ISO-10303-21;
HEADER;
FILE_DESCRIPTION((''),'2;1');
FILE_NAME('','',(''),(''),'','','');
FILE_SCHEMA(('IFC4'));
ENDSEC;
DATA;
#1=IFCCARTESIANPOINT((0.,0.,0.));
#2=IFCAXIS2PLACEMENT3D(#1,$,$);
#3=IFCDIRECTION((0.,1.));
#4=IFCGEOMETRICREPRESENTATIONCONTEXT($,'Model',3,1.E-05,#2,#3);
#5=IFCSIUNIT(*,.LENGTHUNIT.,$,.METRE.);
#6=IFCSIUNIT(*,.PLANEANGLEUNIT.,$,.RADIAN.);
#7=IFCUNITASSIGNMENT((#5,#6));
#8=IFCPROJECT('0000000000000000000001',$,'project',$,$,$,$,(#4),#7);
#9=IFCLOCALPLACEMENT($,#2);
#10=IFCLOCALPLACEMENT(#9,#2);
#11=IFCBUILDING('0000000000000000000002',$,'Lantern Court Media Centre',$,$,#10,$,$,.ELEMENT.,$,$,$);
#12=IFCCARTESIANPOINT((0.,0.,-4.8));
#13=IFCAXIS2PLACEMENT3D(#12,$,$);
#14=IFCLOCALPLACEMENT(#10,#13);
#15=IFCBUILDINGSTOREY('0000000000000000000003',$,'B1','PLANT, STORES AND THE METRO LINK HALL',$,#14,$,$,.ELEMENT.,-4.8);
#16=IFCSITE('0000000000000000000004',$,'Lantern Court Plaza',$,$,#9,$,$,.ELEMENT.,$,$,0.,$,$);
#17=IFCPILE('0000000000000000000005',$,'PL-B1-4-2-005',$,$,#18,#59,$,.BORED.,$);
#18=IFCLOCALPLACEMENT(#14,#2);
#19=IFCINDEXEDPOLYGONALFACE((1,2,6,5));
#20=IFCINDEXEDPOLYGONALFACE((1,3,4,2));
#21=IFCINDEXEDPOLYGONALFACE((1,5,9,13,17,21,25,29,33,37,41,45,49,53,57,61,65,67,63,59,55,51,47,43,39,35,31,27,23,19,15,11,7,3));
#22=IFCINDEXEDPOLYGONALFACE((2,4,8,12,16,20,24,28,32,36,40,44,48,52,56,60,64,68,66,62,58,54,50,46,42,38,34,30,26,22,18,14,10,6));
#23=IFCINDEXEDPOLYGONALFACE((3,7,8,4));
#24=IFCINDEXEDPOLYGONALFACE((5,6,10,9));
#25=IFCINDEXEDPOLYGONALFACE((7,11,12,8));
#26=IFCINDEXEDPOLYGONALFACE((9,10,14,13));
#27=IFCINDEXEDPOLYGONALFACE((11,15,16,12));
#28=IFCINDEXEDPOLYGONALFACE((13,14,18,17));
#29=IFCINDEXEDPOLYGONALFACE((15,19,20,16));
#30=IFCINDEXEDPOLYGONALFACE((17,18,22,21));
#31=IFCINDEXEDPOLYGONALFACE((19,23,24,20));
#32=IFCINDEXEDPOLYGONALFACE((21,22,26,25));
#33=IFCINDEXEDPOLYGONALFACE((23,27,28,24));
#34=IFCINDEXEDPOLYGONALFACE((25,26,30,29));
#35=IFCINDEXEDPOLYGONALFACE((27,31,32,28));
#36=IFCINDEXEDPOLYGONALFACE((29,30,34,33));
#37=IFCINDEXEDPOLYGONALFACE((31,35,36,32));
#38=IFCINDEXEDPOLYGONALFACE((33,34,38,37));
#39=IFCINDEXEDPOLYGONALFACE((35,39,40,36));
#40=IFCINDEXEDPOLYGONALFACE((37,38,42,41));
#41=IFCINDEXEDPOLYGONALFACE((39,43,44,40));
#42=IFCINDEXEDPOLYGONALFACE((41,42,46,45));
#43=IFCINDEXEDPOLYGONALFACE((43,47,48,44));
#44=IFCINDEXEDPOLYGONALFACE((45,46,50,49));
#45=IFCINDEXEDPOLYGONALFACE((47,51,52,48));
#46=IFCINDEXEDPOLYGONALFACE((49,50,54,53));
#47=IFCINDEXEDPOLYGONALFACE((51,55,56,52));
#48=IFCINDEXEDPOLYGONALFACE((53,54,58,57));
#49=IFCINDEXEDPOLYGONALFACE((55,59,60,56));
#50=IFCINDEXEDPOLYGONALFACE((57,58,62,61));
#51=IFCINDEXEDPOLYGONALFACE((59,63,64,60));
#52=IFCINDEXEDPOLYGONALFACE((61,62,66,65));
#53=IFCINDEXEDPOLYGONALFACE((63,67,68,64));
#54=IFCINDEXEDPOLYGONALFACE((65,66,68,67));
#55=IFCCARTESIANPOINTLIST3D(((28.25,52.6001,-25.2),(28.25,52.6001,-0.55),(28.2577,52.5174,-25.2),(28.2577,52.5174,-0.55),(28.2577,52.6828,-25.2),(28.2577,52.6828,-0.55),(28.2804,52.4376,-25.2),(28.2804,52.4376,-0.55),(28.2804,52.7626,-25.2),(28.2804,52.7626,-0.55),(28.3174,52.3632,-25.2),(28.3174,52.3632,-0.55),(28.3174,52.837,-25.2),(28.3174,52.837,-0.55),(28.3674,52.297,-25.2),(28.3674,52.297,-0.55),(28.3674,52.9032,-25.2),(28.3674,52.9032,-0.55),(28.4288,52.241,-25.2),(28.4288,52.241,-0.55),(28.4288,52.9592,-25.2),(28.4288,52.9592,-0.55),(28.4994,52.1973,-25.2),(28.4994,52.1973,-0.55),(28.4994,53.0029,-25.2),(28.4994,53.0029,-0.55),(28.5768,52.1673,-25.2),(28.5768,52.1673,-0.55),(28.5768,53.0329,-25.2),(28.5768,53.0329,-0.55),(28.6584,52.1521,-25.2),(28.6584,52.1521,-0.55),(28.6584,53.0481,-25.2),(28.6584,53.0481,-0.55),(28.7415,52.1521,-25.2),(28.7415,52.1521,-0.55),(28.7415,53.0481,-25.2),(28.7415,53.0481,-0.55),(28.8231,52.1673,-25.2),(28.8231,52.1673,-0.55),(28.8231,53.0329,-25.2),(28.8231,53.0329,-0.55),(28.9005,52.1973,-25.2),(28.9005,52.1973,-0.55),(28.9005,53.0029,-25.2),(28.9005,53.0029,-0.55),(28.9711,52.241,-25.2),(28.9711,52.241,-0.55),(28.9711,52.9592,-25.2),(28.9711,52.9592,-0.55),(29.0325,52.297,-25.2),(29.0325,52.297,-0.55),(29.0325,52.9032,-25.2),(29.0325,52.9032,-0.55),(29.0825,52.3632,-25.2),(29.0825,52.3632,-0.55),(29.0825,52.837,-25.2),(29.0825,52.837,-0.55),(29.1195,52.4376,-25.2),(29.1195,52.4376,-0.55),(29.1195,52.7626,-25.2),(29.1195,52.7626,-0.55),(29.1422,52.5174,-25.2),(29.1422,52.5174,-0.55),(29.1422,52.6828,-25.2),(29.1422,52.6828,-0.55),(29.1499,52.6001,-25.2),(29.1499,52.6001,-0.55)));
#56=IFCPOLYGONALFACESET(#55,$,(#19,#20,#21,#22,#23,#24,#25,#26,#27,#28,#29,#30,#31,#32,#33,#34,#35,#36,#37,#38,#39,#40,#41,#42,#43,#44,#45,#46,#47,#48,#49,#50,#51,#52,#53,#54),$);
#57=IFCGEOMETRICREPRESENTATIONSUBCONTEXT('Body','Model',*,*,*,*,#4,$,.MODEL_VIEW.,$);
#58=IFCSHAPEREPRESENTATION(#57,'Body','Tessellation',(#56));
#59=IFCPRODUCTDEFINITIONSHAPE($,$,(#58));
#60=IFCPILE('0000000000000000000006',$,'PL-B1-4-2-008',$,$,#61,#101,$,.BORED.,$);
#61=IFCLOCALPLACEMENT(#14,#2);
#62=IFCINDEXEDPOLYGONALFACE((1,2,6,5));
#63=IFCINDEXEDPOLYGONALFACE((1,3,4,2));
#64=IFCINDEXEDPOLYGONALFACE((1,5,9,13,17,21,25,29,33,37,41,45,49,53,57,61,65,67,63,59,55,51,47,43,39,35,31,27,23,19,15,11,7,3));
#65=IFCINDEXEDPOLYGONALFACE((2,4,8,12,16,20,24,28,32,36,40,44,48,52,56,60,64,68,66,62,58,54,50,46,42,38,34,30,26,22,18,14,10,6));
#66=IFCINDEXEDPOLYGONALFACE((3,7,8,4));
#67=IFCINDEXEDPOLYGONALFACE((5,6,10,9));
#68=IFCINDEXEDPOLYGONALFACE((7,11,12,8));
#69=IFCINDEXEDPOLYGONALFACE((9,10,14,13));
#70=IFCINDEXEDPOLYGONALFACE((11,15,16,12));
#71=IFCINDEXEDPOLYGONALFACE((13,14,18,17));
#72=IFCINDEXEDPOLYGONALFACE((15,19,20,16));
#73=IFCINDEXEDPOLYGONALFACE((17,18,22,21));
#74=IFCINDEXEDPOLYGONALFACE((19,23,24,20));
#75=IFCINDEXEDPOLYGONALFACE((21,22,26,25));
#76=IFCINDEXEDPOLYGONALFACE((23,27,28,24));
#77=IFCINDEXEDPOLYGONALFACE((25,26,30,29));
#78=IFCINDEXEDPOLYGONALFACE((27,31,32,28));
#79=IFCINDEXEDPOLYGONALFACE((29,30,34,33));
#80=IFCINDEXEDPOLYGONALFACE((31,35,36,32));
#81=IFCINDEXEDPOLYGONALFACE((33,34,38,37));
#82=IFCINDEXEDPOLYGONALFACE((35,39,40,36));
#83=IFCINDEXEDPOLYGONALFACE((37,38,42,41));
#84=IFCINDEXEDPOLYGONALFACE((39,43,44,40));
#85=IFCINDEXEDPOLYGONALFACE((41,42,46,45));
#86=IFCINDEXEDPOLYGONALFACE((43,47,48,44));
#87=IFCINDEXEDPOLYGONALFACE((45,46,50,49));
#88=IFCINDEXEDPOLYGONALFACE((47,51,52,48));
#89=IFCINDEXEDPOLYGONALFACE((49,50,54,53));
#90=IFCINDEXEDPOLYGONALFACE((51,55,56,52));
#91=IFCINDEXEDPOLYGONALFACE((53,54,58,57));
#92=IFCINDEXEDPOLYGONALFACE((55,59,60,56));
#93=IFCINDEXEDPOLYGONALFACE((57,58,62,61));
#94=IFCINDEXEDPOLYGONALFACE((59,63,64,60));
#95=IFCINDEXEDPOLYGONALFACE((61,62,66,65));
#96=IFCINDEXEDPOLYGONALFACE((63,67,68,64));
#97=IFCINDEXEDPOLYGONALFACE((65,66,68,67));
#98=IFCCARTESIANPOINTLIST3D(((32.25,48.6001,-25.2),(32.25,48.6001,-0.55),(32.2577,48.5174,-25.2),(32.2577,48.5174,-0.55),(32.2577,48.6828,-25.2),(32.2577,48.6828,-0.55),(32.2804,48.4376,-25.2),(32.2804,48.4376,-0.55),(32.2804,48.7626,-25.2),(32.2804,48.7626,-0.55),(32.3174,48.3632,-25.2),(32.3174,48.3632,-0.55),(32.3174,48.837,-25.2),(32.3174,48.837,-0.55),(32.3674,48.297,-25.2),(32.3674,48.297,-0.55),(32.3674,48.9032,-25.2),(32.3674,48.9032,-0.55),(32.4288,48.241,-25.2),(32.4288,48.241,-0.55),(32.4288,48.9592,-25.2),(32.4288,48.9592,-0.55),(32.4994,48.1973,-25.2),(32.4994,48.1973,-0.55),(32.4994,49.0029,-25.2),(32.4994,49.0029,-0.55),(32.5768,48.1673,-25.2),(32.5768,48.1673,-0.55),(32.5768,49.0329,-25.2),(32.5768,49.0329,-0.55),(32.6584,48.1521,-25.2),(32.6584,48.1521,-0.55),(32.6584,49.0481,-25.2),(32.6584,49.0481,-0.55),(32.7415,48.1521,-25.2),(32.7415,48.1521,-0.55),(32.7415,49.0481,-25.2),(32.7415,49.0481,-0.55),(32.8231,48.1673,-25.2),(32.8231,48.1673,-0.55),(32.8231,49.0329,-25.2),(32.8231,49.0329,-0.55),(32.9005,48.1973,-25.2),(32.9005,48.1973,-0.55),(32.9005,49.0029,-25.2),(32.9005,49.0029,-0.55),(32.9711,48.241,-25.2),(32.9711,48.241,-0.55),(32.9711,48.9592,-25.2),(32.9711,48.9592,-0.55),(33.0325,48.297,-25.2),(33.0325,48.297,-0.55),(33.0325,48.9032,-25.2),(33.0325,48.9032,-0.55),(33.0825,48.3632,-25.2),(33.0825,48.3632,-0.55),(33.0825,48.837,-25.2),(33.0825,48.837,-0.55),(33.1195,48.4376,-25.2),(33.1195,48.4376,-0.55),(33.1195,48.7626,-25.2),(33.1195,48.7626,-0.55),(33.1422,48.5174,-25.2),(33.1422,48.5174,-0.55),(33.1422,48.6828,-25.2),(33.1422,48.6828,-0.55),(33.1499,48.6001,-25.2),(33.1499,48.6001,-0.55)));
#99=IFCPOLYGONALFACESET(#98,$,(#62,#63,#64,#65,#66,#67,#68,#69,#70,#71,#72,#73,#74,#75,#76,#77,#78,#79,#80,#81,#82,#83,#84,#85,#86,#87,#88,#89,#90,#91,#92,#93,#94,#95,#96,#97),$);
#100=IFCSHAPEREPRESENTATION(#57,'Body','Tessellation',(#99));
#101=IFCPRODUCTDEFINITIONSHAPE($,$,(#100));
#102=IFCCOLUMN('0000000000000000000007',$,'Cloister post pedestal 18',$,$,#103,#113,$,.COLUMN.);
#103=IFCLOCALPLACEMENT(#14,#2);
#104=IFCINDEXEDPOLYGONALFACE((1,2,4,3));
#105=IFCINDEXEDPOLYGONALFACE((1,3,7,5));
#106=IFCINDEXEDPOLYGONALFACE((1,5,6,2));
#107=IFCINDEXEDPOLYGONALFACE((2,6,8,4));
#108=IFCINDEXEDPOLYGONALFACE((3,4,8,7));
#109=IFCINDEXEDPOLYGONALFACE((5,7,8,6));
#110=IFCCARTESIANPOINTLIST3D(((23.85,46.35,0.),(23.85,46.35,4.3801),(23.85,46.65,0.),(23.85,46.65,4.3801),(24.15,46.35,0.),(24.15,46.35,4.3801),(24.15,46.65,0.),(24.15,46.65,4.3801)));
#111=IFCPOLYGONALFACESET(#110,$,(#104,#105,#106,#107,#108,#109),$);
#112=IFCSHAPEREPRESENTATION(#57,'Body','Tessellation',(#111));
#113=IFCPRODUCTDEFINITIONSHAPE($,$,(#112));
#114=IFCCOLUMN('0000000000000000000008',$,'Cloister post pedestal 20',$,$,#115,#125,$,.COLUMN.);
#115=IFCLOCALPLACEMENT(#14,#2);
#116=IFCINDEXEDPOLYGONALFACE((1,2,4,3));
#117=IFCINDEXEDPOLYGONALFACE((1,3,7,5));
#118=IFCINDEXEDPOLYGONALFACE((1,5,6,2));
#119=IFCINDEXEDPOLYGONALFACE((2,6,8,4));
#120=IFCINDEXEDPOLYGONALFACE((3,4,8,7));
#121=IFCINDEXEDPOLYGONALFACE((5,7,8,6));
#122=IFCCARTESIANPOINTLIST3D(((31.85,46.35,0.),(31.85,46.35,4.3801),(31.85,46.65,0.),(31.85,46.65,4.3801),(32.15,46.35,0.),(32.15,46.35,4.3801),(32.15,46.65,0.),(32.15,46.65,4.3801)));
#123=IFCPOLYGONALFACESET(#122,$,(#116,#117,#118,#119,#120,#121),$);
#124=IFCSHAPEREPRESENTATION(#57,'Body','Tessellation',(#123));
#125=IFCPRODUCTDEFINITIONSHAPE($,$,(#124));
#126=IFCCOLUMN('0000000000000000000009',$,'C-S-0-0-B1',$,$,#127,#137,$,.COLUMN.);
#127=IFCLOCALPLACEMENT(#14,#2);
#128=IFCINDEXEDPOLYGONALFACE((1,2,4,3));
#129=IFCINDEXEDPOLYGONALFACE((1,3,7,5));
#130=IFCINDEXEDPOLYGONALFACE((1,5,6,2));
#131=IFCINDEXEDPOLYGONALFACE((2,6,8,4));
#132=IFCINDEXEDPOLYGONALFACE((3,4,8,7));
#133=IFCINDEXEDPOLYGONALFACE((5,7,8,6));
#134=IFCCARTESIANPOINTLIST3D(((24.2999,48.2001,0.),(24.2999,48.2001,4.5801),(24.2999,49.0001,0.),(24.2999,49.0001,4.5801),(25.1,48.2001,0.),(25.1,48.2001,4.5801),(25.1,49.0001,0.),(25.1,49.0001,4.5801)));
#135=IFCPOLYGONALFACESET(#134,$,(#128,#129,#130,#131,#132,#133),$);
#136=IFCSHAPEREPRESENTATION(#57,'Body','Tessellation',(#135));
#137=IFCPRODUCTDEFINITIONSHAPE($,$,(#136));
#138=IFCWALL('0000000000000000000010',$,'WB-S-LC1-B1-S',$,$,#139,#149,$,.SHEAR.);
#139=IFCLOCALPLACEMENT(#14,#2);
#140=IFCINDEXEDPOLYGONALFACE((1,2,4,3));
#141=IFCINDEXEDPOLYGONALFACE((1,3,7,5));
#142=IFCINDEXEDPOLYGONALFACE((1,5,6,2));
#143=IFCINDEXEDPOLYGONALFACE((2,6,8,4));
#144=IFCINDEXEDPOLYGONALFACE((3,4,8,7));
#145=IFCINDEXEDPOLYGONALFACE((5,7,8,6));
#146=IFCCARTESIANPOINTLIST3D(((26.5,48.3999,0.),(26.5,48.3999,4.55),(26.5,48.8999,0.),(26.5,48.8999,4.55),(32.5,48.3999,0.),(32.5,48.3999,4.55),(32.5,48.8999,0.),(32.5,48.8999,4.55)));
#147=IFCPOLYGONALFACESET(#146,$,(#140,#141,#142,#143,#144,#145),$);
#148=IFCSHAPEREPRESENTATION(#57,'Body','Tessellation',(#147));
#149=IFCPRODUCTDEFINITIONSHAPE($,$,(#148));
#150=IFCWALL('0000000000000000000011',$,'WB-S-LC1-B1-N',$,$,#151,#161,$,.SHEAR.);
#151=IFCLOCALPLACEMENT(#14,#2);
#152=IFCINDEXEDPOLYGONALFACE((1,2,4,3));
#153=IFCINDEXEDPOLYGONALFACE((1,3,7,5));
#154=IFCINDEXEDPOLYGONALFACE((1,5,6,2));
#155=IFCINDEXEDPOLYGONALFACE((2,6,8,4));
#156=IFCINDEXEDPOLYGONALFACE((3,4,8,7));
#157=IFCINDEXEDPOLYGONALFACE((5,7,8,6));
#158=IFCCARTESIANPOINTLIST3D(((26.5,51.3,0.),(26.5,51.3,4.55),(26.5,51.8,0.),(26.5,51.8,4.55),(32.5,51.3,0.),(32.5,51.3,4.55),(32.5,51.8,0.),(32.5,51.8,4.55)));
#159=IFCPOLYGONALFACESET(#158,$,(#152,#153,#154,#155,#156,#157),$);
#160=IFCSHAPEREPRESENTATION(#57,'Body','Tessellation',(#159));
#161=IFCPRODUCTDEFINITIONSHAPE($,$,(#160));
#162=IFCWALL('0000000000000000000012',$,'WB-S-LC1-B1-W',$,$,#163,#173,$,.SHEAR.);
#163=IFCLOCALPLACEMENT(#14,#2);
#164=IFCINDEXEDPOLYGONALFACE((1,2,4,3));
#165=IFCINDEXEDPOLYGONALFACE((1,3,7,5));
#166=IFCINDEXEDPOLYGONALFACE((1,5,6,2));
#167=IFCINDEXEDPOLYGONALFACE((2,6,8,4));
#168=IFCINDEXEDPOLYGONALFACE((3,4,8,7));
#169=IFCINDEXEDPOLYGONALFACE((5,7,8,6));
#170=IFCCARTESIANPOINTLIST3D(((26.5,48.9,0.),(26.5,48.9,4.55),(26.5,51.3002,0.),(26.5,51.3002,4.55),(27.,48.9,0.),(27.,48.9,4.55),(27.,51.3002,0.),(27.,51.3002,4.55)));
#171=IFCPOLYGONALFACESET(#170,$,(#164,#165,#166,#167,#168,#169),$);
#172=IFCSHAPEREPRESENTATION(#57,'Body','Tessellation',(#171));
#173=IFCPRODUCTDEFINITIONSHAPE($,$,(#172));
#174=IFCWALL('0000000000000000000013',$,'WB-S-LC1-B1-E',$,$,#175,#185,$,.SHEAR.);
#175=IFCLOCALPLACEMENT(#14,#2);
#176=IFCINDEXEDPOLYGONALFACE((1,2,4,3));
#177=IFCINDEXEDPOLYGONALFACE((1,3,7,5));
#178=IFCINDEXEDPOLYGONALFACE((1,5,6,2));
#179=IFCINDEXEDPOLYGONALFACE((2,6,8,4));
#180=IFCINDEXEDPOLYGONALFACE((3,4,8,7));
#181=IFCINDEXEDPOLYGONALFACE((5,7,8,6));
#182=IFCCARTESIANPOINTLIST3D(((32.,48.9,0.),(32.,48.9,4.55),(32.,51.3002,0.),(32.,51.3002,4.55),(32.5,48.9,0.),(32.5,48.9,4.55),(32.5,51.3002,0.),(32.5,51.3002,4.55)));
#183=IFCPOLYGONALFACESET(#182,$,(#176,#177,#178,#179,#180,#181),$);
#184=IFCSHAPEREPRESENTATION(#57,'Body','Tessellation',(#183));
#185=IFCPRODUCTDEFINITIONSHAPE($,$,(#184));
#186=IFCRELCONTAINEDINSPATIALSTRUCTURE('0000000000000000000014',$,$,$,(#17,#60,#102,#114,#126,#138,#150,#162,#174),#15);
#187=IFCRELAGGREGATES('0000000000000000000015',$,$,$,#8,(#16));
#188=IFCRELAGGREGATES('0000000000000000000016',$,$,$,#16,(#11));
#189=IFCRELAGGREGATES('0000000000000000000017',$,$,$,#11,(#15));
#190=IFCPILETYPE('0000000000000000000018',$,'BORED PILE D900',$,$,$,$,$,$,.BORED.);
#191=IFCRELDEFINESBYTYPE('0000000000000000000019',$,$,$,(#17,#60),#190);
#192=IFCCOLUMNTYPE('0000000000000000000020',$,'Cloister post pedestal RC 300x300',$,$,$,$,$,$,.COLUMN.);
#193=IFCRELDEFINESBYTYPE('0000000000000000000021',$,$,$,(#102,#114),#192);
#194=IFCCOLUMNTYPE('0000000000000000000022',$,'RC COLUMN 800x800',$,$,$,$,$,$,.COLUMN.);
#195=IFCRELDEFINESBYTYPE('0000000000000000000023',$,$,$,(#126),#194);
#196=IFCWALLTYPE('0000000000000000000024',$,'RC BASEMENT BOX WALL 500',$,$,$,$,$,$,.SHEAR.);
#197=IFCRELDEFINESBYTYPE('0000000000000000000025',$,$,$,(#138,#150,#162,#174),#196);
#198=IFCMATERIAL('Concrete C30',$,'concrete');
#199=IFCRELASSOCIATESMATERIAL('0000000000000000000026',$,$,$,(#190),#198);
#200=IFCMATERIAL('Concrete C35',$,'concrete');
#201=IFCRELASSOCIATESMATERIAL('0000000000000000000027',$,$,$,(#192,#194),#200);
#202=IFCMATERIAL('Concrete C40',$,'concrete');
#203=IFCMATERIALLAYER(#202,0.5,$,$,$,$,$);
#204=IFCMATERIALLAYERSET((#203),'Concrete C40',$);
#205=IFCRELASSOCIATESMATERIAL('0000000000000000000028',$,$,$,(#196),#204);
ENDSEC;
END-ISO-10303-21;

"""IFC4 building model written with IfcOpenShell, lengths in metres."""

from ifc_helpers import new_model, si_unit, direction, frame, frame_2d, origin, origin_2d, place, context, subcontext, project, spatial, rectangle, circle, extrude, material, layer, layer_set, material_profile, profile_set, type_object, element, save


model = new_model("IFC4")

# Units and contexts
model_context = context("Model", 3, precision=1e-05, world=origin(), true_north=direction((0.0, 1.0)))
body_context = subcontext(model_context, "Body", "Model", "MODEL_VIEW")
ifc_project = project(units=[si_unit("LENGTHUNIT", "METRE"), si_unit("PLANEANGLEUNIT", "RADIAN")], contexts=[model_context])

# Site, building, storey
site_placement = place(None, origin())
site = spatial("IfcSite", under=ifc_project, at=site_placement, Name="Lantern Court Plaza", CompositionType="ELEMENT", RefElevation=0.0)
building_placement = place(site_placement, origin())
building = spatial("IfcBuilding", under=site, at=building_placement, Name="Lantern Court Media Centre", CompositionType="ELEMENT")
storey_placement = place(building_placement, frame((0.0, 0.0, -4.8)))
storey = spatial("IfcBuildingStorey", under=building, at=storey_placement, Name="B1", Description="PLANT, STORES AND THE METRO LINK HALL", CompositionType="ELEMENT", Elevation=-4.8)

# Piles
ifc_material_1 = material(Name="Concrete C30", Category="concrete")
ifc_material_profile_1 = material_profile(ifc_material_1, circle(Radius=0.45, at=origin_2d()), Name="D900")
ifc_profile_set_1 = profile_set([ifc_material_profile_1], Name="Concrete C30")
pile_type = type_object("IfcPileType", Name="BORED PILE D900", PredefinedType="BORED", material=ifc_profile_set_1)
for number, where, z_axis, x_axis, name in (
    (1, (28.7, 52.6001, -0.55), (0.0, 0.0, -1.0), (1.0, 0.0, 0.0), "PL-B1-4-2-005"),
    (2, (32.7, 48.6001, -0.55), (0.0, 0.0, -1.0), (1.0, 0.0, 0.0), "PL-B1-4-2-008"),
):
    element("IfcPile", number, at=place(storey_placement, frame(where, z_axis=z_axis, x_axis=x_axis)), inside=storey, type_object=pile_type, Name=name, PredefinedType="BORED", context=body_context, shape_type="SweptSolid", body=[
        extrude(circle(Radius=0.45, at=origin_2d()), origin(), (0.0, 0.0, 1.0), 24.6499),
    ])

# Columns
ifc_material_2 = material(Name="Concrete C35", Category="concrete")
ifc_material_profile_2 = material_profile(ifc_material_2, rectangle(XDim=0.3, YDim=0.3, at=origin_2d()), Name="RC 300x300")
ifc_profile_set_2 = profile_set([ifc_material_profile_2], Name="Concrete C35")
column_type_1 = type_object("IfcColumnType", Name="Cloister post pedestal RC 300x300", PredefinedType="COLUMN", material=ifc_profile_set_2)
for number, where, z_axis, x_axis, name in (
    (3, (24.0, 46.5, 0.0), (0.0, 0.0, 1.0), (1.0, 0.0, 0.0), "Cloister post pedestal 18"),
    (4, (32.0, 46.5, 0.0), (0.0, 0.0, 1.0), (1.0, 0.0, 0.0), "Cloister post pedestal 20"),
):
    element("IfcColumn", number, at=place(storey_placement, frame(where, z_axis=z_axis, x_axis=x_axis)), inside=storey, type_object=column_type_1, Name=name, PredefinedType="COLUMN", context=body_context, shape_type="SweptSolid", body=[
        extrude(rectangle(XDim=0.3, YDim=0.3, at=origin_2d()), origin(), (0.0, 0.0, 1.0), 4.3801),
    ])
ifc_material_profile_3 = material_profile(ifc_material_2, rectangle(XDim=0.8, YDim=0.8, at=origin_2d()), Name="RC 800x800")
ifc_profile_set_3 = profile_set([ifc_material_profile_3], Name="Concrete C35")
column_type_2 = type_object("IfcColumnType", Name="RC COLUMN 800x800", PredefinedType="COLUMN", material=ifc_profile_set_3)
column_placement = place(storey_placement, frame((24.7, 48.6001, 0.0), z_axis=(0.0, 0.0, 1.0), x_axis=(1.0, 0.0, 0.0)))
element("IfcColumn", 5, at=column_placement, inside=storey, type_object=column_type_2, Name="C-S-0-0-B1", PredefinedType="COLUMN", context=body_context, shape_type="SweptSolid", body=[
    extrude(rectangle(XDim=0.8, YDim=0.8, at=origin_2d()), origin(), (0.0, 0.0, 1.0), 4.5801),
])

# Walls
ifc_material_3 = material(Name="Concrete C40", Category="concrete")
ifc_layer_1 = layer(ifc_material_3, 0.5)
ifc_layer_set_1 = layer_set([ifc_layer_1], Name="Concrete C40")
wall_type_1 = type_object("IfcWallType", Name="RC BASEMENT BOX WALL 500", PredefinedType="SHEAR", material=ifc_layer_set_1)
for number, where, z_axis, x_axis, name in (
    (6, (26.5, 48.6499, 0.0), (0.0, 0.0, 1.0), (1.0, 0.0, 0.0), "WB-S-LC1-B1-S"),
    (7, (26.5, 51.55, 0.0), (0.0, 0.0, 1.0), (1.0, 0.0, 0.0), "WB-S-LC1-B1-N"),
):
    element("IfcWall", number, at=place(storey_placement, frame(where, z_axis=z_axis, x_axis=x_axis)), inside=storey, type_object=wall_type_1, Name=name, PredefinedType="SHEAR", context=body_context, shape_type="SweptSolid", body=[
        extrude(rectangle(XDim=6.0, YDim=0.5, at=frame_2d((3.0, 0.0))), origin(), (0.0, 0.0, 1.0), 4.55),
    ])
for number, where, z_axis, x_axis, name in (
    (8, (26.75, 48.8999, 0.0), (0.0, 0.0, 1.0), (0.0, 1.0, 0.0), "WB-S-LC1-B1-W"),
    (9, (32.25, 48.8999, 0.0), (0.0, 0.0, 1.0), (0.0, 1.0, 0.0), "WB-S-LC1-B1-E"),
):
    element("IfcWall", number, at=place(storey_placement, frame(where, z_axis=z_axis, x_axis=x_axis)), inside=storey, type_object=wall_type_1, Name=name, PredefinedType="SHEAR", context=body_context, shape_type="SweptSolid", body=[
        extrude(rectangle(XDim=2.4001, YDim=0.5, at=frame_2d((1.2002, 0.0))), origin(), (0.0, 0.0, 1.0), 4.55),
    ])

save(model, "model.ifc")
